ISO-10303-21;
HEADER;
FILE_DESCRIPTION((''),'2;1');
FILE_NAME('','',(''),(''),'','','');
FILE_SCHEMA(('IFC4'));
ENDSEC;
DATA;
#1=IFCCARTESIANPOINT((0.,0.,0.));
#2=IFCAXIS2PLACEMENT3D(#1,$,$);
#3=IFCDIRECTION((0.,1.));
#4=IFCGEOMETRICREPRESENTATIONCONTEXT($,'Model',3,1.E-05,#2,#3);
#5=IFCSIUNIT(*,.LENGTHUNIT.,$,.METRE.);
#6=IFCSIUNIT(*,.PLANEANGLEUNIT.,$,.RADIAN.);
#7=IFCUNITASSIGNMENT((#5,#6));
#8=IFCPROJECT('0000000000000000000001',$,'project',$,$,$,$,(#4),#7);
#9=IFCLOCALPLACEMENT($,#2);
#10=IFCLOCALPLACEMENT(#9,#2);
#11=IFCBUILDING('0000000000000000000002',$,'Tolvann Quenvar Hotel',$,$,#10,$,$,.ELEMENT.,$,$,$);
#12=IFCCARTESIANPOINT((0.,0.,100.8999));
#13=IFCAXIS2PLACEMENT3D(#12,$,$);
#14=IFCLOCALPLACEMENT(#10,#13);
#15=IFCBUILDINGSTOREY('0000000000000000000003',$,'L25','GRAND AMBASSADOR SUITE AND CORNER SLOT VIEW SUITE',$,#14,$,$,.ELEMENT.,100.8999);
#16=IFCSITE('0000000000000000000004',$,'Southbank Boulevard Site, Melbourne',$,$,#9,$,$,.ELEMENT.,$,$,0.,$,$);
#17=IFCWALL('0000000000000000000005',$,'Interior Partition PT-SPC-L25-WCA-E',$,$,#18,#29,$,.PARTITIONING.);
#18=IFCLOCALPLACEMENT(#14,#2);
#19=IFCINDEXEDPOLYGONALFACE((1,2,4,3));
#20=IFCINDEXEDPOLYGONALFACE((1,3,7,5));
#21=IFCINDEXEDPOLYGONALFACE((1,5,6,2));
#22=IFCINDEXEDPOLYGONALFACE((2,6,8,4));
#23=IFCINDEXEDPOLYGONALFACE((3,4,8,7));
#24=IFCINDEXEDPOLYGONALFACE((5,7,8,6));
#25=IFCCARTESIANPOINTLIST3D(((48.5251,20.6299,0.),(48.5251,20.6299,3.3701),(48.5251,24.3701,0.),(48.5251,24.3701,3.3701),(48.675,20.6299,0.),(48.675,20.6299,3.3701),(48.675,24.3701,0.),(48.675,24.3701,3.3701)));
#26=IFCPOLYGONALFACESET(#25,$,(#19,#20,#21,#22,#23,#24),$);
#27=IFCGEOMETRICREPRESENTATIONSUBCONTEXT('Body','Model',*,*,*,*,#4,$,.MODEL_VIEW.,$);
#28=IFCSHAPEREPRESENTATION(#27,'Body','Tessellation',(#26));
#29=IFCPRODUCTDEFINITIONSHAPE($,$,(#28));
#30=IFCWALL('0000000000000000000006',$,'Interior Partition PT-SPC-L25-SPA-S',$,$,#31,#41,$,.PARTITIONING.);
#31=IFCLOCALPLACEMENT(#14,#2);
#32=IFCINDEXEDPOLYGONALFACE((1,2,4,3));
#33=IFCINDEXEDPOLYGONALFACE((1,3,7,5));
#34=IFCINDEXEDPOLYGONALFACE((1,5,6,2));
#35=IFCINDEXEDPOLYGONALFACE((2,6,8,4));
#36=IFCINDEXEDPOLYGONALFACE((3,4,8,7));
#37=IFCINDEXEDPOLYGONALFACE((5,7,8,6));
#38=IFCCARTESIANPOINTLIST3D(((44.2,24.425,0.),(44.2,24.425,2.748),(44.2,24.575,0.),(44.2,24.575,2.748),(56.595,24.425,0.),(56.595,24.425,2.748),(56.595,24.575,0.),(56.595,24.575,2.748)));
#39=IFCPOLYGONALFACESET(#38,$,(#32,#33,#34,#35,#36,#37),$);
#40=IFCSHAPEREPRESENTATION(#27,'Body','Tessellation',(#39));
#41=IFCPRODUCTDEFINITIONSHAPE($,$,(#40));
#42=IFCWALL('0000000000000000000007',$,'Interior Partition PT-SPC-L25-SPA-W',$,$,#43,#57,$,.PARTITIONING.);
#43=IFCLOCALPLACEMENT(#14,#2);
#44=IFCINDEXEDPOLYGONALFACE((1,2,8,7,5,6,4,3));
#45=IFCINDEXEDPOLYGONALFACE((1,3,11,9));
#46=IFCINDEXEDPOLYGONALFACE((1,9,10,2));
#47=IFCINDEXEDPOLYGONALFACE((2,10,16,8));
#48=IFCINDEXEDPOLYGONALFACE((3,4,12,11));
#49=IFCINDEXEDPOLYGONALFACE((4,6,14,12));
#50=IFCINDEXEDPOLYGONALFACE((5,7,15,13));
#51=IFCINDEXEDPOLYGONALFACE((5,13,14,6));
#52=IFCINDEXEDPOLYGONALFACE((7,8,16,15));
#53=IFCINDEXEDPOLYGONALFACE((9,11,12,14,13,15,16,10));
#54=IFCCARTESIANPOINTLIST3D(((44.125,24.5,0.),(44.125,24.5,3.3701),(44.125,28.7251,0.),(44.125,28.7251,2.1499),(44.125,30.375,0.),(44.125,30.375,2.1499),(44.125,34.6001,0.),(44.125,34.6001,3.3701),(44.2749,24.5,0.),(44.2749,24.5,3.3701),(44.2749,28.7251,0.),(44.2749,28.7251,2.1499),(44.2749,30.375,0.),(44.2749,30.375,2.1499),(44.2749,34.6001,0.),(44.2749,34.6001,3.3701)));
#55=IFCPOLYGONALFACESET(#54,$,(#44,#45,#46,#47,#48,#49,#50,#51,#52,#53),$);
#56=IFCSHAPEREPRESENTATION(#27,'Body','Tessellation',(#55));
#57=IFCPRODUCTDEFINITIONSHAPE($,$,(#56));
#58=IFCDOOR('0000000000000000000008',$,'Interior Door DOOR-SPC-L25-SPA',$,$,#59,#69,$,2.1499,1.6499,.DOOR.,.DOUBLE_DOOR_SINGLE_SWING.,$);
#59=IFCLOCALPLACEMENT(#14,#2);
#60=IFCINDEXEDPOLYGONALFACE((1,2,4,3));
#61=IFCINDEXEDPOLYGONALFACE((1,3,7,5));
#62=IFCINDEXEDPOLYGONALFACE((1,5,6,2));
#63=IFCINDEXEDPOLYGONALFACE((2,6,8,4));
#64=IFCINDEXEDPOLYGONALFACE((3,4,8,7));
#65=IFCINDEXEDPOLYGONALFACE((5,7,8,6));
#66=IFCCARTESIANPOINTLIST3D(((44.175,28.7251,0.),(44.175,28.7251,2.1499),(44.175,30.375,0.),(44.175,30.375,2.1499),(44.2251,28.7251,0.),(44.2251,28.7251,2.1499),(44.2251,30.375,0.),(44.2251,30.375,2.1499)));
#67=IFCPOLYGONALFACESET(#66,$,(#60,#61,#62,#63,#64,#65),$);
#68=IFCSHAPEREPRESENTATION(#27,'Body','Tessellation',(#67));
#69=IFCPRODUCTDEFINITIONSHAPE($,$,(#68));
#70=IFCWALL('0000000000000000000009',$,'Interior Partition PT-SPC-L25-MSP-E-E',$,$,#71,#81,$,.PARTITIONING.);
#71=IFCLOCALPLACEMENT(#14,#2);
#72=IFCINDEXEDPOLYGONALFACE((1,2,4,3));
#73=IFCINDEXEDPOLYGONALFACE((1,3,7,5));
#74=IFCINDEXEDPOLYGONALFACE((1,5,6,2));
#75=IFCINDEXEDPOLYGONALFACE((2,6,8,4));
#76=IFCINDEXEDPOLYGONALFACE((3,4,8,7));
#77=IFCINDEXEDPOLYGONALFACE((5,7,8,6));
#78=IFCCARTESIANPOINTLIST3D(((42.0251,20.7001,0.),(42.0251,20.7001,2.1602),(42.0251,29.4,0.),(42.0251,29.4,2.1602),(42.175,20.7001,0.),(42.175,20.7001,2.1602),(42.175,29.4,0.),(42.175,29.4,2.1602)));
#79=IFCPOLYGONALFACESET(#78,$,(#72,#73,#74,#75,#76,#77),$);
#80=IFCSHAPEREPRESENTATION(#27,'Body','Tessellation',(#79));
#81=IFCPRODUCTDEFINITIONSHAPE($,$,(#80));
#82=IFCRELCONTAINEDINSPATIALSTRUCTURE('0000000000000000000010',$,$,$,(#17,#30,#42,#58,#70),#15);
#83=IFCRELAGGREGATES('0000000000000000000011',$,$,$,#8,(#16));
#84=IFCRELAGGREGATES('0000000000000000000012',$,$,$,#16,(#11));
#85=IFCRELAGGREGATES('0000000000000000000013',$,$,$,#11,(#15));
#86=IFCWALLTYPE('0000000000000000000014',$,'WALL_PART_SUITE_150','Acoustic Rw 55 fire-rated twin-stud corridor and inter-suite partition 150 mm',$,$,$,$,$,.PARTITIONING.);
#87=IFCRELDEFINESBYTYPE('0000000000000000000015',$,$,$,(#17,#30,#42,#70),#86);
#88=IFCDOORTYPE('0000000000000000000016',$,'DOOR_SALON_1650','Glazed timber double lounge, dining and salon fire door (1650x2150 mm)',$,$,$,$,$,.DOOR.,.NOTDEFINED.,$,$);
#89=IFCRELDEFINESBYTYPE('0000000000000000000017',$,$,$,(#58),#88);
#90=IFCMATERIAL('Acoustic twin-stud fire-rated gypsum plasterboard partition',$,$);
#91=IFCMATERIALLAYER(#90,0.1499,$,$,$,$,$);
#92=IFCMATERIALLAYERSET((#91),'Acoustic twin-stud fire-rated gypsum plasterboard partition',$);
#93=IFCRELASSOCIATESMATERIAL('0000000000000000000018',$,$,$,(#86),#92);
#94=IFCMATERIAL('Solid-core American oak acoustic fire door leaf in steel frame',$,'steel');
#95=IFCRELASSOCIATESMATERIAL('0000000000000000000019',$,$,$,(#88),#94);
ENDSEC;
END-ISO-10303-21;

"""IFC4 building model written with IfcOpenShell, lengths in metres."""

from ifc_helpers import new_model, si_unit, direction, frame, frame_2d, origin, place, context, subcontext, project, spatial, rectangle, extrude, source, transform, mapped, material, layer, layer_set, type_object, type_shapes, element, fill, save


model = new_model("IFC4")

# Units and contexts
model_context = context("Model", 3, precision=1e-05, world=origin(), true_north=direction((0.0, 1.0)))
body_context = subcontext(model_context, "Body", "Model", "MODEL_VIEW")
ifc_project = project(units=[si_unit("LENGTHUNIT", "METRE"), si_unit("PLANEANGLEUNIT", "RADIAN")], contexts=[model_context])

# Site, building, storey
site_placement = place(None, origin())
site = spatial("IfcSite", under=ifc_project, at=site_placement, Name="Southbank Boulevard Site, Melbourne", CompositionType="ELEMENT", RefElevation=0.0)
building_placement = place(site_placement, origin())
building = spatial("IfcBuilding", under=site, at=building_placement, Name="Tolvann Quenvar Hotel", CompositionType="ELEMENT")
storey_placement = place(building_placement, frame((0.0, 0.0, 100.8999)))
storey = spatial("IfcBuildingStorey", under=building, at=storey_placement, Name="L25", Description="GRAND AMBASSADOR SUITE AND CORNER SLOT VIEW SUITE", CompositionType="ELEMENT", Elevation=100.8999)

# Shared definitions
ifc_material_1 = material(Name="Acoustic twin-stud fire-rated gypsum plasterboard partition")
ifc_layer = layer(ifc_material_1, 0.1499)
ifc_layer_set = layer_set([ifc_layer], Name="Acoustic twin-stud fire-rated gypsum plasterboard partition")
wall_type = type_object("IfcWallType", Name="WALL_PART_SUITE_150", Description="Acoustic Rw 55 fire-rated twin-stud corridor and inter-suite partition 150 mm", PredefinedType="PARTITIONING", material=ifc_layer_set)

# Shared definitions
ifc_material_2 = material(Name="Solid-core American oak acoustic fire door leaf in steel frame", Category="steel")

# Walls
wall_1_placement = place(storey_placement, frame((48.6001, 20.6299, 0.0), z_axis=(0.0, 0.0, 1.0), x_axis=(0.0, 1.0, 0.0)))
element("IfcWall", 1, at=wall_1_placement, inside=storey, type_object=wall_type, Name="Interior Partition PT-SPC-L25-WCA-E", PredefinedType="PARTITIONING", context=body_context, shape_type="SweptSolid", body=[
    extrude(rectangle(XDim=3.7402, YDim=0.1499, at=frame_2d((1.8701, 0.0))), origin(), (0.0, 0.0, 1.0), 3.3701),
])
wall_2_placement = place(storey_placement, frame((44.2, 24.5, 0.0), z_axis=(0.0, 0.0, 1.0), x_axis=(1.0, 0.0, 0.0)))
element("IfcWall", 2, at=wall_2_placement, inside=storey, type_object=wall_type, Name="Interior Partition PT-SPC-L25-SPA-S", PredefinedType="PARTITIONING", context=body_context, shape_type="SweptSolid", body=[
    extrude(rectangle(XDim=12.395, YDim=0.1499, at=frame_2d((6.1975, 0.0))), origin(), (0.0, 0.0, 1.0), 2.748),
])

# Wall, opening, door
wall_3_placement = place(storey_placement, frame((44.2, 24.5, 0.0), z_axis=(0.0, 0.0, 1.0), x_axis=(0.0, 1.0, 0.0)))
wall_3 = element("IfcWall", 3, at=wall_3_placement, inside=storey, type_object=wall_type, Name="Interior Partition PT-SPC-L25-SPA-W", PredefinedType="PARTITIONING", context=body_context, shape_type="SweptSolid", body=[
    extrude(rectangle(XDim=10.1001, YDim=0.1499, at=frame_2d((5.05, 0.0))), origin(), (0.0, 0.0, 1.0), 3.3701),
])
opening_1_placement = place(wall_3_placement, frame((4.2251, 0.0, 0.0)))
opening_1 = element("IfcOpeningElement", 4, at=opening_1_placement, cuts=wall_3, PredefinedType="OPENING", context=body_context, shape_type="SweptSolid", body=[
    extrude(rectangle(XDim=1.6499, YDim=2.1499, at=frame_2d((0.825, 1.075))), frame((0.0, 0.085, 0.0), z_axis=(0.0, -1.0, 0.0), x_axis=(1.0, 0.0, 0.0)), (0.0, 0.0, 1.0), 0.1699),
])
door_type_1 = type_object("IfcDoorType", Name="DOOR_SALON_1650", Description="Glazed timber double lounge, dining and salon fire door (1650x2150 mm)", OperationType="NOTDEFINED", PredefinedType="DOOR", material=ifc_material_2)
shared_shape_1 = source(origin(), body_context, "Body", "SweptSolid", [
    extrude(rectangle(XDim=1.6499, YDim=2.1499, at=frame_2d((0.825, 1.075))), frame((0.0, 0.0249, 0.0), z_axis=(0.0, -1.0, 0.0), x_axis=(1.0, 0.0, 0.0)), (0.0, 0.0, 1.0), 0.05),
])
type_shapes(door_type_1, [shared_shape_1])
door_1_placement = place(opening_1_placement, origin())
door_1 = element("IfcDoor", 5, at=door_1_placement, inside=storey, type_object=door_type_1, Name="Interior Door DOOR-SPC-L25-SPA", OperationType="DOUBLE_DOOR_SINGLE_SWING", OverallHeight=2.1499, OverallWidth=1.6499, PredefinedType="DOOR", context=body_context, shape_type="MappedRepresentation", body=[
    mapped(shared_shape_1, transform((0.0, 0.0, 0.0), x_axis=(1.0, 0.0, 0.0), y_axis=(0.0, 1.0, 0.0), z_axis=(0.0, 0.0, 1.0), scale=1.0)),
])
fill(opening_1, door_1)

# Wall
wall_4_placement = place(storey_placement, frame((42.1001, 20.7, 0.0), z_axis=(0.0, 0.0, 1.0), x_axis=(0.0, 1.0, 0.0)))
element("IfcWall", 6, at=wall_4_placement, inside=storey, type_object=wall_type, Name="Interior Partition PT-SPC-L25-MSP-E-E", PredefinedType="PARTITIONING", context=body_context, shape_type="SweptSolid", body=[
    extrude(rectangle(XDim=8.7, YDim=0.1499, at=frame_2d((4.3501, 0.0))), origin(), (0.0, 0.0, 1.0), 2.1602),
])

save(model, "model.ifc")
